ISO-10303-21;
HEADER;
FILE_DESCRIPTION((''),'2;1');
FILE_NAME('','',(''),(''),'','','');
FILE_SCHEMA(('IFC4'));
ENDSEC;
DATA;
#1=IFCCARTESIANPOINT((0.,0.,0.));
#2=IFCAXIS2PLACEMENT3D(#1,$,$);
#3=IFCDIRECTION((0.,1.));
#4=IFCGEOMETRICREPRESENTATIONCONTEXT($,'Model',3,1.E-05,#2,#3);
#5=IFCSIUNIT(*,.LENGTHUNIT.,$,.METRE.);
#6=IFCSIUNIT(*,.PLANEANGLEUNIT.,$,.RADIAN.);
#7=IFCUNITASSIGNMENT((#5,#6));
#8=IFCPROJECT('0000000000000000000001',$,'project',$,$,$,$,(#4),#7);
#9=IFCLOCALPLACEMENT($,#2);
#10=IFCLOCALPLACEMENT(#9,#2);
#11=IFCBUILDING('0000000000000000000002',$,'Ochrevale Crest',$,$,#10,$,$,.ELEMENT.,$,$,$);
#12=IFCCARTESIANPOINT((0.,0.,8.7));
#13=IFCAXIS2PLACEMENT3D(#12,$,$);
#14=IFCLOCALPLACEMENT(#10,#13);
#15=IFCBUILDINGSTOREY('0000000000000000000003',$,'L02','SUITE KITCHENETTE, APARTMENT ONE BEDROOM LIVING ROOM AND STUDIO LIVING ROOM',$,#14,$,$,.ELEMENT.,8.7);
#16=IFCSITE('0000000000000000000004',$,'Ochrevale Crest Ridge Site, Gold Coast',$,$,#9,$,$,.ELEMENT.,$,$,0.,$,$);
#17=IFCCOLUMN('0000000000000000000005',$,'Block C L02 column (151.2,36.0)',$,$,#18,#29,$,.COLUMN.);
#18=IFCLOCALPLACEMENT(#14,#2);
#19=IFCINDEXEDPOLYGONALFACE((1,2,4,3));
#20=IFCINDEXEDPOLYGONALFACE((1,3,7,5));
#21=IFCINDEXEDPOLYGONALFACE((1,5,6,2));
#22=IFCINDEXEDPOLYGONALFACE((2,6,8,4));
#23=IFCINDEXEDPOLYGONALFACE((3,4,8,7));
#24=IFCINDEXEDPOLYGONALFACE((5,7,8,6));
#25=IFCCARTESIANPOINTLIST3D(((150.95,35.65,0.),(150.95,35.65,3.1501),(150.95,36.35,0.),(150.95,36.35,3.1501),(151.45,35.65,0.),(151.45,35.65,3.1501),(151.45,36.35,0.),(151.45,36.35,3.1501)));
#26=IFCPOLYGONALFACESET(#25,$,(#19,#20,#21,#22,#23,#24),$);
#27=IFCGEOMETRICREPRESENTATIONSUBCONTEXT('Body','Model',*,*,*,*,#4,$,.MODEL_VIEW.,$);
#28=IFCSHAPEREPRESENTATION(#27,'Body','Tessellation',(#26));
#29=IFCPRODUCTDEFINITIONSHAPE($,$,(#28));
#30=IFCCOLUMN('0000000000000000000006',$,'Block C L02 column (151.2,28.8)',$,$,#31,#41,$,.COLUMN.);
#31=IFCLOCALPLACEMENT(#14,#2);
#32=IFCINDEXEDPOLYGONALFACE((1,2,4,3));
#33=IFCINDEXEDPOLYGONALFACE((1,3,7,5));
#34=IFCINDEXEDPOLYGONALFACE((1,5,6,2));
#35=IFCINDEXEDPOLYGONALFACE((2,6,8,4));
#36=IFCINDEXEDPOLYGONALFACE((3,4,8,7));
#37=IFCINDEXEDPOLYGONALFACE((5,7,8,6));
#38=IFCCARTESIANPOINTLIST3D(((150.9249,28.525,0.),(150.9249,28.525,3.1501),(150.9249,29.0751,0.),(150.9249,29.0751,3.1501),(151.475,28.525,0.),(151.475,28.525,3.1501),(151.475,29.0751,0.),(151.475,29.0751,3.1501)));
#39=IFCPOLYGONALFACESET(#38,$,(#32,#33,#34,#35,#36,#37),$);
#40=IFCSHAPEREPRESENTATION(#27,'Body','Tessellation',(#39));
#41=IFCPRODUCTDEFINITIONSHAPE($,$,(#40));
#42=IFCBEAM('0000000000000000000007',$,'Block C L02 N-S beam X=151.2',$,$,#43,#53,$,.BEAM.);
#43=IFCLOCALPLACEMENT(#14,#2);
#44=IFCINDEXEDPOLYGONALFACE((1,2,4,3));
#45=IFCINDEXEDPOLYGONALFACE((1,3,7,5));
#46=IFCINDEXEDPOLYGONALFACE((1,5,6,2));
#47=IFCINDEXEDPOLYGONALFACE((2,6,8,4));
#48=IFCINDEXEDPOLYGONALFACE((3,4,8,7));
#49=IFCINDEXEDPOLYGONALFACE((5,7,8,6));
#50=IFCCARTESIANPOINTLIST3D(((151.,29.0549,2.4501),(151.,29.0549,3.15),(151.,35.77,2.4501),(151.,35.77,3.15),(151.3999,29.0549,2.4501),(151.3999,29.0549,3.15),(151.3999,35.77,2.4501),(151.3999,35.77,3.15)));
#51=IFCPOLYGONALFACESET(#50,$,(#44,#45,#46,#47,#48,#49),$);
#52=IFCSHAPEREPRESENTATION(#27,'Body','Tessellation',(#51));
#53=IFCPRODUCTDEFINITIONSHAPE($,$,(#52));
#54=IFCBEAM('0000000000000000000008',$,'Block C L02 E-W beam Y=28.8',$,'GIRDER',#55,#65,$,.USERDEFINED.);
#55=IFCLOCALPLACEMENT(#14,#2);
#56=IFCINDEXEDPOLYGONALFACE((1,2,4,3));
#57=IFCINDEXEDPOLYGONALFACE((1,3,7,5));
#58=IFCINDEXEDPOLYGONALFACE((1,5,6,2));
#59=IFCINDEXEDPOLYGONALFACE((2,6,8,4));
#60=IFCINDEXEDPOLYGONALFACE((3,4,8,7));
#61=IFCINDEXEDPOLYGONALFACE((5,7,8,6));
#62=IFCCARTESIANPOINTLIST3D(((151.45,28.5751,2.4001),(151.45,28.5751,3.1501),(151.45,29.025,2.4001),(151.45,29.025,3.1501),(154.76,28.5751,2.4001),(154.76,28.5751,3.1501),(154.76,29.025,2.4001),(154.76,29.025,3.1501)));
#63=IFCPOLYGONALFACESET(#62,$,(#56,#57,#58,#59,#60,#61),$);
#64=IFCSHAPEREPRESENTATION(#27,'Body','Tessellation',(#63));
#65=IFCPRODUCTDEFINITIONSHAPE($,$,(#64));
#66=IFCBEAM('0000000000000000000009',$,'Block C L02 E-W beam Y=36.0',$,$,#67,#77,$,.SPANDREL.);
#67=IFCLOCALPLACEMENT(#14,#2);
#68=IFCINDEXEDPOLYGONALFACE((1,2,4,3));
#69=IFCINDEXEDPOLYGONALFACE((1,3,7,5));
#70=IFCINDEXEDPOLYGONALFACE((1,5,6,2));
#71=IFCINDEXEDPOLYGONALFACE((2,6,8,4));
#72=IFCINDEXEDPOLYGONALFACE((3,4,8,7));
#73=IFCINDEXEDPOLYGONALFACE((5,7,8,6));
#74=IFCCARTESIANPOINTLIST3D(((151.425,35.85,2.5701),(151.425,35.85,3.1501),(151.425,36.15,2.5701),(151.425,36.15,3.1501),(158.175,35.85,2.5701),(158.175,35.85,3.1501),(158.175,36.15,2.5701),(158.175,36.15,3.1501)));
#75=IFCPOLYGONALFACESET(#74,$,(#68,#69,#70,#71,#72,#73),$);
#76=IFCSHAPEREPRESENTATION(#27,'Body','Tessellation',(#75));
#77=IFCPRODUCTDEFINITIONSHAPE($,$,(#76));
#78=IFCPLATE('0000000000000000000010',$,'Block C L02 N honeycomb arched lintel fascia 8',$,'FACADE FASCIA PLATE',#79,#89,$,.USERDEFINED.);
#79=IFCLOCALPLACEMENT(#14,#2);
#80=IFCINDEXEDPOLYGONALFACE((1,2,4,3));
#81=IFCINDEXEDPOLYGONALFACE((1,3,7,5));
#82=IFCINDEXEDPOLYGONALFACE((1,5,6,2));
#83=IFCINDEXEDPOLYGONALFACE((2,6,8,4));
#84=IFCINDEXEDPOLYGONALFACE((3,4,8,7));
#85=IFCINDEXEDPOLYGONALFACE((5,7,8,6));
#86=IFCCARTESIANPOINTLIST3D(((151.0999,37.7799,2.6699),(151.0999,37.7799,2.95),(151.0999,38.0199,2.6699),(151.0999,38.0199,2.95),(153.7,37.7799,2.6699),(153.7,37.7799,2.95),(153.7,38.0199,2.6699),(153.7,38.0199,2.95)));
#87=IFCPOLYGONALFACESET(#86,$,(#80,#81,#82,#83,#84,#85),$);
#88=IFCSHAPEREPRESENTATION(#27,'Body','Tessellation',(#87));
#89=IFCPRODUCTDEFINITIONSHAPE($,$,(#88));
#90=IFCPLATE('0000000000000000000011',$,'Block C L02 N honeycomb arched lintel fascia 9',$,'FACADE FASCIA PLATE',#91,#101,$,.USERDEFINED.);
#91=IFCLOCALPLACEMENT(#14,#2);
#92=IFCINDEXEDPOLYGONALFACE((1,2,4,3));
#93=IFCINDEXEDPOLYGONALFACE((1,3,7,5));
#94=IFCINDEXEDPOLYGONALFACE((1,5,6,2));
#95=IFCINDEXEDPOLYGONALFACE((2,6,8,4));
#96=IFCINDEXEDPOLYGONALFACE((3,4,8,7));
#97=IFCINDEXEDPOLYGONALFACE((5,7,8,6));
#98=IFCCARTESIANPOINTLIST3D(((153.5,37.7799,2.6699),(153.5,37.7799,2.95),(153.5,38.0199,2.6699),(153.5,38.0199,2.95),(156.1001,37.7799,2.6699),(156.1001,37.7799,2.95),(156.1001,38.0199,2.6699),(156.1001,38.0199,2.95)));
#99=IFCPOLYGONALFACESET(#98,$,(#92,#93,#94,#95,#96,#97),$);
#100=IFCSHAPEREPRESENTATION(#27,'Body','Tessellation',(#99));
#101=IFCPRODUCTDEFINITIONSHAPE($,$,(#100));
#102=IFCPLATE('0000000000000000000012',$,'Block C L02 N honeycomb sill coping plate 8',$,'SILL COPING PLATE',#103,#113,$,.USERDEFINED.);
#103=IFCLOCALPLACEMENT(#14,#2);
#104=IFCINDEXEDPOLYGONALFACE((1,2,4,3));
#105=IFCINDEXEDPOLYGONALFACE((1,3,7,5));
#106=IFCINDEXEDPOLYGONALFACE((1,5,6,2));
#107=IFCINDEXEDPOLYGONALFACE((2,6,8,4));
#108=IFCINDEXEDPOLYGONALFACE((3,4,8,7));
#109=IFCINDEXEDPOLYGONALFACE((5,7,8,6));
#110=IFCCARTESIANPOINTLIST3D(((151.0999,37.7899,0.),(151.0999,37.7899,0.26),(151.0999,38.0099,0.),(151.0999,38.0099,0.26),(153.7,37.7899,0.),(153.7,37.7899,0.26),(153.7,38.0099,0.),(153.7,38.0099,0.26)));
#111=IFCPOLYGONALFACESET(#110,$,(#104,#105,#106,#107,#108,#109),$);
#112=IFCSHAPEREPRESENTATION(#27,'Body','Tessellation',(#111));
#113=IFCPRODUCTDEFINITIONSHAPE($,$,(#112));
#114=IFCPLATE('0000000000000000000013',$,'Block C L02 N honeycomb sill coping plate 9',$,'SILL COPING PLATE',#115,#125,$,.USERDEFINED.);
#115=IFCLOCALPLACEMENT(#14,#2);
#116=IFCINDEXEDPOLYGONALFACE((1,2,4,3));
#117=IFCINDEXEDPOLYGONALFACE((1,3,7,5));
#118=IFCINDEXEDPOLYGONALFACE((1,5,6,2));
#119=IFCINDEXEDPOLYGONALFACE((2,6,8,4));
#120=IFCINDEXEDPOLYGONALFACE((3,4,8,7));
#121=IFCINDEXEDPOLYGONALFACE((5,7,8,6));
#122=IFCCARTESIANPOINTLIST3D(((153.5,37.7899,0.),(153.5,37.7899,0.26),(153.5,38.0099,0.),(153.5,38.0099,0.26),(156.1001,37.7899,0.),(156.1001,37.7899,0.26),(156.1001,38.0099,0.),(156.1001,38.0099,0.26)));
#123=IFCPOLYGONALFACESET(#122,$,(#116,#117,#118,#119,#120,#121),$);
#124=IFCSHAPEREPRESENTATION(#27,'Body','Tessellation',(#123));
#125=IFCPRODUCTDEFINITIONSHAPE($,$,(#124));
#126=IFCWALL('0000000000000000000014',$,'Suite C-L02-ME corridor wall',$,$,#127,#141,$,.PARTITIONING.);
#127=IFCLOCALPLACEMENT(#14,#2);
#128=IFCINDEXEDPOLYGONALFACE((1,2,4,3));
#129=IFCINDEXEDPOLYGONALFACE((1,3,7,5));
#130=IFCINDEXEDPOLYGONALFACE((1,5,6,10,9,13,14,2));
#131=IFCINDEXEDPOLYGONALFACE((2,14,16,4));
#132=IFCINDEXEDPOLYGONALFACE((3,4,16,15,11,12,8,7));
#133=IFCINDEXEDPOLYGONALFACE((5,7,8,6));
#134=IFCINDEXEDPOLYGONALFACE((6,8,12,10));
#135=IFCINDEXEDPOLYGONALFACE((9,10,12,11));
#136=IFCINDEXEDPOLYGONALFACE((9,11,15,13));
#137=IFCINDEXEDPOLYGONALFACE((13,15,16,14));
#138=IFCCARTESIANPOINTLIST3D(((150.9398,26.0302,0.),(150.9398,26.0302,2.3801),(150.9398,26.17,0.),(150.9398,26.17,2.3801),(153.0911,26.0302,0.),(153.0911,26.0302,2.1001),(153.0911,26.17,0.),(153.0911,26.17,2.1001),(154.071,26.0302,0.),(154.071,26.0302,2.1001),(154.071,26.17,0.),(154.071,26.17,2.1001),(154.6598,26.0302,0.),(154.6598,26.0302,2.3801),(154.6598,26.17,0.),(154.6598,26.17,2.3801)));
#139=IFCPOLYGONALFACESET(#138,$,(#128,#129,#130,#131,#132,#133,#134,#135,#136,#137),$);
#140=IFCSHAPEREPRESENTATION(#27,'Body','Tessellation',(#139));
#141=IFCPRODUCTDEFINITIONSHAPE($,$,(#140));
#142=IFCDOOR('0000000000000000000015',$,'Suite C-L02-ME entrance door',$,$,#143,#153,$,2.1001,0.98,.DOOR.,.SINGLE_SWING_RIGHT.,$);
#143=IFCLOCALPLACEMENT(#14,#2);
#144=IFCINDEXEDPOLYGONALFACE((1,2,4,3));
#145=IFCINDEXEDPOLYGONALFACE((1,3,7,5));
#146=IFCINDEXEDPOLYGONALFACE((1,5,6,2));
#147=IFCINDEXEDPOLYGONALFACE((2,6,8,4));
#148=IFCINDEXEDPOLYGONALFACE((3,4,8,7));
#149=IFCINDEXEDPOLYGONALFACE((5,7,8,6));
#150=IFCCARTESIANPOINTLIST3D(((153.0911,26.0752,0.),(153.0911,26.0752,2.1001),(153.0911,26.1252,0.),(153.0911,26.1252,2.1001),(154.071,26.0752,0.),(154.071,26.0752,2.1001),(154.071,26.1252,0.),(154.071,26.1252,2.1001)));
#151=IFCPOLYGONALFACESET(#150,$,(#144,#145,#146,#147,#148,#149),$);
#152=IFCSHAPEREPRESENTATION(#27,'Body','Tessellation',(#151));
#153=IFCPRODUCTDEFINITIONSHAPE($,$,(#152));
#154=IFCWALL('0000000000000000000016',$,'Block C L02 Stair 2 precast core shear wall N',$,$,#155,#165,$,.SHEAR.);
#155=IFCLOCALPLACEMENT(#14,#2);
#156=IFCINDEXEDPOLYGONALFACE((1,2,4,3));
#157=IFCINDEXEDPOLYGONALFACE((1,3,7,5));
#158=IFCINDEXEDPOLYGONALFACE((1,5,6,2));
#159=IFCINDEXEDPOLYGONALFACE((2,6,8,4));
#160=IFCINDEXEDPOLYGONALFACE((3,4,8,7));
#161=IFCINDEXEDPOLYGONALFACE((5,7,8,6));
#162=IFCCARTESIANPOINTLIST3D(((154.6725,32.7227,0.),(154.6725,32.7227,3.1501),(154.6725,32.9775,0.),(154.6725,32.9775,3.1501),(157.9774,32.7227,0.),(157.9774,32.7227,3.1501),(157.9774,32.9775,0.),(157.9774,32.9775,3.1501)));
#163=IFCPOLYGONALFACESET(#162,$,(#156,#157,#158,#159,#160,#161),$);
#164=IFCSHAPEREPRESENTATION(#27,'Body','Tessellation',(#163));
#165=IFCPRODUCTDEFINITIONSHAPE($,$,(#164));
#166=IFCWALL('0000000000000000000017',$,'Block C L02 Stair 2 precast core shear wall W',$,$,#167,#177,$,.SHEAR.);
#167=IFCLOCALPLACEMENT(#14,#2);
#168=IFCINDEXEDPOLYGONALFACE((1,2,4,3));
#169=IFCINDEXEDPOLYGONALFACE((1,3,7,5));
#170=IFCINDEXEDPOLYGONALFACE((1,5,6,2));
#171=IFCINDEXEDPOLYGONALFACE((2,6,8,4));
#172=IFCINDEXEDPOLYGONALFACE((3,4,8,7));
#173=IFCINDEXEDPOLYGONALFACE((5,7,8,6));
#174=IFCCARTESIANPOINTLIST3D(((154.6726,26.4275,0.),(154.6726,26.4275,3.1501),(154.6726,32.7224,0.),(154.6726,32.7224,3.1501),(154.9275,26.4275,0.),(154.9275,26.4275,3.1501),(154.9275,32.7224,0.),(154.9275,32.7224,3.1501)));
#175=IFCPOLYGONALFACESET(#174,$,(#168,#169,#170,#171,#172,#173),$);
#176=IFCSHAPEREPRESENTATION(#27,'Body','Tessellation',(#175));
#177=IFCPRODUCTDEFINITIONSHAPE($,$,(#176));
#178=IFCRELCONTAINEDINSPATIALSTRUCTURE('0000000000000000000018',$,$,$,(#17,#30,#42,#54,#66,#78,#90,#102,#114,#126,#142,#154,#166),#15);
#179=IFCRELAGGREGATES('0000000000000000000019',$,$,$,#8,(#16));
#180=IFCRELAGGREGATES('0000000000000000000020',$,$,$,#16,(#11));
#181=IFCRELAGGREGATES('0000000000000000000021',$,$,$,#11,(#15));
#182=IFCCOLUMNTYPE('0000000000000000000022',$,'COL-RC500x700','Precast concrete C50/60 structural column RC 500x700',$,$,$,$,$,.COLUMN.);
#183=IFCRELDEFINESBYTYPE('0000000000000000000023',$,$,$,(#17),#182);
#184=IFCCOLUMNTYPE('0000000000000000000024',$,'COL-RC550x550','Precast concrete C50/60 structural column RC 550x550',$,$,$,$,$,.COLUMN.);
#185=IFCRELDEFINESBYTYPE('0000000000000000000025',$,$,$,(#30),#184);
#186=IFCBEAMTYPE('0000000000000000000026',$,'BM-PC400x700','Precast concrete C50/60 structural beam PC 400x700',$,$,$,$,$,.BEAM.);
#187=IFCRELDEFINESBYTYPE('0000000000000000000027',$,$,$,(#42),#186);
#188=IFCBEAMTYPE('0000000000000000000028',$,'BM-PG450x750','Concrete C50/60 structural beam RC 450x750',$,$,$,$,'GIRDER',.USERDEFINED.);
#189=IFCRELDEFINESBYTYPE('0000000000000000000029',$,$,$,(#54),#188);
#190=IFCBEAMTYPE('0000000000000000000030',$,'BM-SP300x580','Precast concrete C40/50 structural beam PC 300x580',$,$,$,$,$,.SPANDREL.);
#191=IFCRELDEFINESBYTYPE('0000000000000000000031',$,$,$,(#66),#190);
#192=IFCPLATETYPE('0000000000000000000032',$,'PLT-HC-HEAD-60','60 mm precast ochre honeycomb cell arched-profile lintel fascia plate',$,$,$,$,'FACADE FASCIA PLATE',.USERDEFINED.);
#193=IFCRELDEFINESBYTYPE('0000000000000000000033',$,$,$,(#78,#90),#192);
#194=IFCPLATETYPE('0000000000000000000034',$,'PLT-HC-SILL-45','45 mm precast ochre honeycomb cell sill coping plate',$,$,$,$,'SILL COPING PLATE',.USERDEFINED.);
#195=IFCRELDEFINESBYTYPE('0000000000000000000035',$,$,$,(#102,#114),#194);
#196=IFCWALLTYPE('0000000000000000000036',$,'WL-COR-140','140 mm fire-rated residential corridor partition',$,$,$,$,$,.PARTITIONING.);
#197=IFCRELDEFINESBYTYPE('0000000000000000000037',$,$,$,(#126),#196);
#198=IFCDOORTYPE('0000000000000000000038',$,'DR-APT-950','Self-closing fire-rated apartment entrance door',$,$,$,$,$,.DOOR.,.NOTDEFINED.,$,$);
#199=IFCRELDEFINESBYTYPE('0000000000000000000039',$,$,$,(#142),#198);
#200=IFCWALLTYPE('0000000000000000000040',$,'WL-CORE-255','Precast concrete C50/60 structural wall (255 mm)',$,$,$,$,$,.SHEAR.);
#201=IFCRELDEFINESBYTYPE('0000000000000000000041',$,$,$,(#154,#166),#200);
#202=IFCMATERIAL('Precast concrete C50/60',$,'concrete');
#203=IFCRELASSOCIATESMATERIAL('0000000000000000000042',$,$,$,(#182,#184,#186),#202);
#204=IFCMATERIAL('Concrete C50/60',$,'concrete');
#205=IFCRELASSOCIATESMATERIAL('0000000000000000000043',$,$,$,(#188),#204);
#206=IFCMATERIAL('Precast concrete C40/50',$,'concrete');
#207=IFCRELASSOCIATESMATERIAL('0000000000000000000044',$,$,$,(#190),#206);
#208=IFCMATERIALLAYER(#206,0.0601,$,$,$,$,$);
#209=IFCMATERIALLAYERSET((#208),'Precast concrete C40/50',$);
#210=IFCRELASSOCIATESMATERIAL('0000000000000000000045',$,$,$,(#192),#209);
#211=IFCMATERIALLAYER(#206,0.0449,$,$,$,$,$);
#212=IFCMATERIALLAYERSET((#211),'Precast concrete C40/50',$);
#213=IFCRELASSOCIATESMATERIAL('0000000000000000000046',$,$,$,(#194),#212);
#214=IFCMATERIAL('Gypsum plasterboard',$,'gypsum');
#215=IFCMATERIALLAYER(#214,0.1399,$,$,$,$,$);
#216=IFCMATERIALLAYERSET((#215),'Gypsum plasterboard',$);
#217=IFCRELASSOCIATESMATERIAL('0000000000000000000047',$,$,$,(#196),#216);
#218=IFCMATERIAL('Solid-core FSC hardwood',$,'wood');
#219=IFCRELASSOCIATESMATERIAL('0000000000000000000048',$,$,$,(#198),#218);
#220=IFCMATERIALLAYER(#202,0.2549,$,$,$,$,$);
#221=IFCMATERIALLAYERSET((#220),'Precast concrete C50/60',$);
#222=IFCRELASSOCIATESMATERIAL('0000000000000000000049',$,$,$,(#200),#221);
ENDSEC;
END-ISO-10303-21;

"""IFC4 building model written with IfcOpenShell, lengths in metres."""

from ifc_helpers import new_model, si_unit, direction, frame, frame_2d, origin, origin_2d, place, context, subcontext, project, spatial, rectangle, extrude, material, layer, layer_set, material_profile, profile_set, type_object, element, fill, save


model = new_model("IFC4")

# Units and contexts
model_context = context("Model", 3, precision=1e-05, world=origin(), true_north=direction((0.0, 1.0)))
body_context = subcontext(model_context, "Body", "Model", "MODEL_VIEW")
ifc_project = project(units=[si_unit("LENGTHUNIT", "METRE"), si_unit("PLANEANGLEUNIT", "RADIAN")], contexts=[model_context])

# Site, building, storey
site_placement = place(None, origin())
site = spatial("IfcSite", under=ifc_project, at=site_placement, Name="Ochrevale Crest Ridge Site, Gold Coast", CompositionType="ELEMENT", RefElevation=0.0)
building_placement = place(site_placement, origin())
building = spatial("IfcBuilding", under=site, at=building_placement, Name="Ochrevale Crest", CompositionType="ELEMENT")
storey_placement = place(building_placement, frame((0.0, 0.0, 8.7)))
storey = spatial("IfcBuildingStorey", under=building, at=storey_placement, Name="L02", Description="SUITE KITCHENETTE, APARTMENT ONE BEDROOM LIVING ROOM AND STUDIO LIVING ROOM", CompositionType="ELEMENT", Elevation=8.7)

# Columns
ifc_material_1 = material(Name="Precast concrete C50/60", Category="concrete")
ifc_material_profile_1 = material_profile(ifc_material_1, rectangle(XDim=0.5, YDim=0.7, at=origin_2d()), Name="RC 500x700")
ifc_profile_set_1 = profile_set([ifc_material_profile_1], Name="Precast concrete C50/60")
column_type_1 = type_object("IfcColumnType", Name="COL-RC500x700", Description="Precast concrete C50/60 structural column RC 500x700", PredefinedType="COLUMN", material=ifc_profile_set_1)
column_1_placement = place(storey_placement, frame((151.2, 36.0, 0.0), z_axis=(0.0, 0.0, 1.0), x_axis=(1.0, 0.0, 0.0)))
element("IfcColumn", 1, at=column_1_placement, inside=storey, type_object=column_type_1, Name="Block C L02 column (151.2,36.0)", PredefinedType="COLUMN", context=body_context, shape_type="SweptSolid", body=[
    extrude(rectangle(XDim=0.5, YDim=0.7, at=origin_2d()), origin(), (0.0, 0.0, 1.0), 3.1501),
])
ifc_material_profile_2 = material_profile(ifc_material_1, rectangle(XDim=0.55, YDim=0.55, at=origin_2d()), Name="RC 550x550")
ifc_profile_set_2 = profile_set([ifc_material_profile_2], Name="Precast concrete C50/60")
column_type_2 = type_object("IfcColumnType", Name="COL-RC550x550", Description="Precast concrete C50/60 structural column RC 550x550", PredefinedType="COLUMN", material=ifc_profile_set_2)
column_2_placement = place(storey_placement, frame((151.2, 28.8, 0.0), z_axis=(0.0, 0.0, 1.0), x_axis=(1.0, 0.0, 0.0)))
element("IfcColumn", 2, at=column_2_placement, inside=storey, type_object=column_type_2, Name="Block C L02 column (151.2,28.8)", PredefinedType="COLUMN", context=body_context, shape_type="SweptSolid", body=[
    extrude(rectangle(XDim=0.55, YDim=0.55, at=origin_2d()), origin(), (0.0, 0.0, 1.0), 3.1501),
])

# Beams
ifc_material_profile_3 = material_profile(ifc_material_1, rectangle(XDim=0.3999, YDim=0.7, at=origin_2d()), Name="PC 400x700")
ifc_profile_set_3 = profile_set([ifc_material_profile_3], Name="Precast concrete C50/60")
beam_type_1 = type_object("IfcBeamType", Name="BM-PC400x700", Description="Precast concrete C50/60 structural beam PC 400x700", PredefinedType="BEAM", material=ifc_profile_set_3)
beam_1_placement = place(storey_placement, frame((151.2, 29.0549, 2.8), z_axis=(0.0, 1.0, 0.0), x_axis=(-1.0, 0.0, 0.0)))
element("IfcBeam", 3, at=beam_1_placement, inside=storey, type_object=beam_type_1, Name="Block C L02 N-S beam X=151.2", PredefinedType="BEAM", context=body_context, shape_type="SweptSolid", body=[
    extrude(rectangle(XDim=0.3999, YDim=0.7, at=origin_2d()), origin(), (0.0, 0.0, 1.0), 6.7151),
])
ifc_material_2 = material(Name="Concrete C50/60", Category="concrete")
ifc_material_profile_4 = material_profile(ifc_material_2, rectangle(XDim=0.45, YDim=0.75, at=origin_2d()), Name="RC 450x750")
ifc_profile_set_4 = profile_set([ifc_material_profile_4], Name="Concrete C50/60")
beam_type_2 = type_object("IfcBeamType", Name="BM-PG450x750", Description="Concrete C50/60 structural beam RC 450x750", ElementType="GIRDER", PredefinedType="USERDEFINED", material=ifc_profile_set_4)
beam_2_placement = place(storey_placement, frame((151.45, 28.8, 2.7751), z_axis=(1.0, 0.0, 0.0), x_axis=(0.0, 1.0, 0.0)))
element("IfcBeam", 4, at=beam_2_placement, inside=storey, type_object=beam_type_2, Name="Block C L02 E-W beam Y=28.8", ObjectType="GIRDER", PredefinedType="USERDEFINED", context=body_context, shape_type="SweptSolid", body=[
    extrude(rectangle(XDim=0.45, YDim=0.75, at=origin_2d()), origin(), (0.0, 0.0, 1.0), 3.3101),
])
ifc_material_3 = material(Name="Precast concrete C40/50", Category="concrete")
ifc_material_profile_5 = material_profile(ifc_material_3, rectangle(XDim=0.3, YDim=0.5801, at=origin_2d()), Name="PC 300x580")
ifc_profile_set_5 = profile_set([ifc_material_profile_5], Name="Precast concrete C40/50")
beam_type_3 = type_object("IfcBeamType", Name="BM-SP300x580", Description="Precast concrete C40/50 structural beam PC 300x580", PredefinedType="SPANDREL", material=ifc_profile_set_5)
beam_3_placement = place(storey_placement, frame((151.425, 36.0, 2.8601), z_axis=(1.0, 0.0, 0.0), x_axis=(0.0, 1.0, 0.0)))
element("IfcBeam", 5, at=beam_3_placement, inside=storey, type_object=beam_type_3, Name="Block C L02 E-W beam Y=36.0", PredefinedType="SPANDREL", context=body_context, shape_type="SweptSolid", body=[
    extrude(rectangle(XDim=0.3, YDim=0.5801, at=origin_2d()), origin(), (0.0, 0.0, 1.0), 6.75),
])

# Plates
ifc_layer_1 = layer(ifc_material_3, 0.0601)
ifc_layer_set_1 = layer_set([ifc_layer_1], Name="Precast concrete C40/50")
plate_type_1 = type_object("IfcPlateType", Name="PLT-HC-HEAD-60", Description="60 mm precast ochre honeycomb cell arched-profile lintel fascia plate", ElementType="FACADE FASCIA PLATE", PredefinedType="USERDEFINED", material=ifc_layer_set_1)
for number, where, z_axis, x_axis, name in (
    (6, (152.3999, 37.8999, 2.6699), (0.0, 0.0, 1.0), (1.0, 0.0, 0.0), "Block C L02 N honeycomb arched lintel fascia 8"),
    (7, (154.8, 37.8999, 2.6699), (0.0, 0.0, 1.0), (1.0, 0.0, 0.0), "Block C L02 N honeycomb arched lintel fascia 9"),
):
    element("IfcPlate", number, at=place(storey_placement, frame(where, z_axis=z_axis, x_axis=x_axis)), inside=storey, type_object=plate_type_1, Name=name, ObjectType="FACADE FASCIA PLATE", PredefinedType="USERDEFINED", context=body_context, shape_type="SweptSolid", body=[
        extrude(rectangle(XDim=2.6001, YDim=0.24, at=origin_2d()), origin(), (0.0, 0.0, 1.0), 0.28),
    ])
ifc_layer_2 = layer(ifc_material_3, 0.0449)
ifc_layer_set_2 = layer_set([ifc_layer_2], Name="Precast concrete C40/50")
plate_type_2 = type_object("IfcPlateType", Name="PLT-HC-SILL-45", Description="45 mm precast ochre honeycomb cell sill coping plate", ElementType="SILL COPING PLATE", PredefinedType="USERDEFINED", material=ifc_layer_set_2)
for number, where, z_axis, x_axis, name in (
    (8, (152.3999, 37.8999, 0.0), (0.0, 0.0, 1.0), (1.0, 0.0, 0.0), "Block C L02 N honeycomb sill coping plate 8"),
    (9, (154.8, 37.8999, 0.0), (0.0, 0.0, 1.0), (1.0, 0.0, 0.0), "Block C L02 N honeycomb sill coping plate 9"),
):
    element("IfcPlate", number, at=place(storey_placement, frame(where, z_axis=z_axis, x_axis=x_axis)), inside=storey, type_object=plate_type_2, Name=name, ObjectType="SILL COPING PLATE", PredefinedType="USERDEFINED", context=body_context, shape_type="SweptSolid", body=[
        extrude(rectangle(XDim=2.6001, YDim=0.22, at=origin_2d()), origin(), (0.0, 0.0, 1.0), 0.26),
    ])

# Wall, opening, door
ifc_material_4 = material(Name="Gypsum plasterboard", Category="gypsum")
ifc_layer_3 = layer(ifc_material_4, 0.1399)
ifc_layer_set_3 = layer_set([ifc_layer_3], Name="Gypsum plasterboard")
wall_type_1 = type_object("IfcWallType", Name="WL-COR-140", Description="140 mm fire-rated residential corridor partition", PredefinedType="PARTITIONING", material=ifc_layer_set_3)
wall_1_placement = place(storey_placement, frame((150.9399, 26.1001, 0.0), z_axis=(0.0, 0.0, 1.0), x_axis=(1.0, 0.0, 0.0)))
wall_1 = element("IfcWall", 10, at=wall_1_placement, inside=storey, type_object=wall_type_1, Name="Suite C-L02-ME corridor wall", PredefinedType="PARTITIONING", context=body_context, shape_type="SweptSolid", body=[
    extrude(rectangle(XDim=3.72, YDim=0.1399, at=frame_2d((1.8599, 0.0))), origin(), (0.0, 0.0, 1.0), 2.3801),
])
opening_1_placement = place(wall_1_placement, frame((3.1311, 0.0, 0.0), z_axis=(0.0, 0.0, 1.0), x_axis=(-1.0, 0.0, 0.0)))
opening_1 = element("IfcOpeningElement", 11, at=opening_1_placement, cuts=wall_1, PredefinedType="OPENING", context=body_context, shape_type="SweptSolid", body=[
    extrude(rectangle(XDim=0.98, YDim=2.1001, at=frame_2d((0.49, 1.05))), frame((0.0, 0.0801, 0.0), z_axis=(0.0, -1.0, 0.0), x_axis=(1.0, 0.0, 0.0)), (0.0, 0.0, 1.0), 0.1599),
])
ifc_material_5 = material(Name="Solid-core FSC hardwood", Category="wood")
door_type_1 = type_object("IfcDoorType", Name="DR-APT-950", Description="Self-closing fire-rated apartment entrance door", OperationType="NOTDEFINED", PredefinedType="DOOR", material=ifc_material_5)
door_1_placement = place(opening_1_placement, origin())
door_1 = element("IfcDoor", 12, at=door_1_placement, inside=storey, type_object=door_type_1, Name="Suite C-L02-ME entrance door", OperationType="SINGLE_SWING_RIGHT", OverallHeight=2.1001, OverallWidth=0.98, PredefinedType="DOOR", context=body_context, shape_type="SweptSolid", body=[
    extrude(rectangle(XDim=0.98, YDim=2.1001, at=frame_2d((0.49, 1.05))), frame((0.0, 0.0249, 0.0), z_axis=(0.0, -1.0, 0.0), x_axis=(1.0, 0.0, 0.0)), (0.0, 0.0, 1.0), 0.05),
])
fill(opening_1, door_1)
ifc_layer_4 = layer(ifc_material_1, 0.2549)
ifc_layer_set_4 = layer_set([ifc_layer_4], Name="Precast concrete C50/60")
wall_type_2 = type_object("IfcWallType", Name="WL-CORE-255", Description="Precast concrete C50/60 structural wall (255 mm)", PredefinedType="SHEAR", material=ifc_layer_set_4)

# Walls
wall_2_placement = place(storey_placement, frame((154.6726, 32.8501, 0.0), z_axis=(0.0, 0.0, 1.0), x_axis=(1.0, 0.0, 0.0)))
element("IfcWall", 13, at=wall_2_placement, inside=storey, type_object=wall_type_2, Name="Block C L02 Stair 2 precast core shear wall N", PredefinedType="SHEAR", context=body_context, shape_type="SweptSolid", body=[
    extrude(rectangle(XDim=3.3049, YDim=0.2549, at=frame_2d((1.6523, 0.0))), origin(), (0.0, 0.0, 1.0), 3.1501),
])
wall_3_placement = place(storey_placement, frame((154.8, 26.4275, 0.0), z_axis=(0.0, 0.0, 1.0), x_axis=(0.0, 1.0, 0.0)))
element("IfcWall", 14, at=wall_3_placement, inside=storey, type_object=wall_type_2, Name="Block C L02 Stair 2 precast core shear wall W", PredefinedType="SHEAR", context=body_context, shape_type="SweptSolid", body=[
    extrude(rectangle(XDim=6.2949, YDim=0.2549, at=frame_2d((3.1475, 0.0))), origin(), (0.0, 0.0, 1.0), 3.1501),
])

save(model, "model.ifc")
